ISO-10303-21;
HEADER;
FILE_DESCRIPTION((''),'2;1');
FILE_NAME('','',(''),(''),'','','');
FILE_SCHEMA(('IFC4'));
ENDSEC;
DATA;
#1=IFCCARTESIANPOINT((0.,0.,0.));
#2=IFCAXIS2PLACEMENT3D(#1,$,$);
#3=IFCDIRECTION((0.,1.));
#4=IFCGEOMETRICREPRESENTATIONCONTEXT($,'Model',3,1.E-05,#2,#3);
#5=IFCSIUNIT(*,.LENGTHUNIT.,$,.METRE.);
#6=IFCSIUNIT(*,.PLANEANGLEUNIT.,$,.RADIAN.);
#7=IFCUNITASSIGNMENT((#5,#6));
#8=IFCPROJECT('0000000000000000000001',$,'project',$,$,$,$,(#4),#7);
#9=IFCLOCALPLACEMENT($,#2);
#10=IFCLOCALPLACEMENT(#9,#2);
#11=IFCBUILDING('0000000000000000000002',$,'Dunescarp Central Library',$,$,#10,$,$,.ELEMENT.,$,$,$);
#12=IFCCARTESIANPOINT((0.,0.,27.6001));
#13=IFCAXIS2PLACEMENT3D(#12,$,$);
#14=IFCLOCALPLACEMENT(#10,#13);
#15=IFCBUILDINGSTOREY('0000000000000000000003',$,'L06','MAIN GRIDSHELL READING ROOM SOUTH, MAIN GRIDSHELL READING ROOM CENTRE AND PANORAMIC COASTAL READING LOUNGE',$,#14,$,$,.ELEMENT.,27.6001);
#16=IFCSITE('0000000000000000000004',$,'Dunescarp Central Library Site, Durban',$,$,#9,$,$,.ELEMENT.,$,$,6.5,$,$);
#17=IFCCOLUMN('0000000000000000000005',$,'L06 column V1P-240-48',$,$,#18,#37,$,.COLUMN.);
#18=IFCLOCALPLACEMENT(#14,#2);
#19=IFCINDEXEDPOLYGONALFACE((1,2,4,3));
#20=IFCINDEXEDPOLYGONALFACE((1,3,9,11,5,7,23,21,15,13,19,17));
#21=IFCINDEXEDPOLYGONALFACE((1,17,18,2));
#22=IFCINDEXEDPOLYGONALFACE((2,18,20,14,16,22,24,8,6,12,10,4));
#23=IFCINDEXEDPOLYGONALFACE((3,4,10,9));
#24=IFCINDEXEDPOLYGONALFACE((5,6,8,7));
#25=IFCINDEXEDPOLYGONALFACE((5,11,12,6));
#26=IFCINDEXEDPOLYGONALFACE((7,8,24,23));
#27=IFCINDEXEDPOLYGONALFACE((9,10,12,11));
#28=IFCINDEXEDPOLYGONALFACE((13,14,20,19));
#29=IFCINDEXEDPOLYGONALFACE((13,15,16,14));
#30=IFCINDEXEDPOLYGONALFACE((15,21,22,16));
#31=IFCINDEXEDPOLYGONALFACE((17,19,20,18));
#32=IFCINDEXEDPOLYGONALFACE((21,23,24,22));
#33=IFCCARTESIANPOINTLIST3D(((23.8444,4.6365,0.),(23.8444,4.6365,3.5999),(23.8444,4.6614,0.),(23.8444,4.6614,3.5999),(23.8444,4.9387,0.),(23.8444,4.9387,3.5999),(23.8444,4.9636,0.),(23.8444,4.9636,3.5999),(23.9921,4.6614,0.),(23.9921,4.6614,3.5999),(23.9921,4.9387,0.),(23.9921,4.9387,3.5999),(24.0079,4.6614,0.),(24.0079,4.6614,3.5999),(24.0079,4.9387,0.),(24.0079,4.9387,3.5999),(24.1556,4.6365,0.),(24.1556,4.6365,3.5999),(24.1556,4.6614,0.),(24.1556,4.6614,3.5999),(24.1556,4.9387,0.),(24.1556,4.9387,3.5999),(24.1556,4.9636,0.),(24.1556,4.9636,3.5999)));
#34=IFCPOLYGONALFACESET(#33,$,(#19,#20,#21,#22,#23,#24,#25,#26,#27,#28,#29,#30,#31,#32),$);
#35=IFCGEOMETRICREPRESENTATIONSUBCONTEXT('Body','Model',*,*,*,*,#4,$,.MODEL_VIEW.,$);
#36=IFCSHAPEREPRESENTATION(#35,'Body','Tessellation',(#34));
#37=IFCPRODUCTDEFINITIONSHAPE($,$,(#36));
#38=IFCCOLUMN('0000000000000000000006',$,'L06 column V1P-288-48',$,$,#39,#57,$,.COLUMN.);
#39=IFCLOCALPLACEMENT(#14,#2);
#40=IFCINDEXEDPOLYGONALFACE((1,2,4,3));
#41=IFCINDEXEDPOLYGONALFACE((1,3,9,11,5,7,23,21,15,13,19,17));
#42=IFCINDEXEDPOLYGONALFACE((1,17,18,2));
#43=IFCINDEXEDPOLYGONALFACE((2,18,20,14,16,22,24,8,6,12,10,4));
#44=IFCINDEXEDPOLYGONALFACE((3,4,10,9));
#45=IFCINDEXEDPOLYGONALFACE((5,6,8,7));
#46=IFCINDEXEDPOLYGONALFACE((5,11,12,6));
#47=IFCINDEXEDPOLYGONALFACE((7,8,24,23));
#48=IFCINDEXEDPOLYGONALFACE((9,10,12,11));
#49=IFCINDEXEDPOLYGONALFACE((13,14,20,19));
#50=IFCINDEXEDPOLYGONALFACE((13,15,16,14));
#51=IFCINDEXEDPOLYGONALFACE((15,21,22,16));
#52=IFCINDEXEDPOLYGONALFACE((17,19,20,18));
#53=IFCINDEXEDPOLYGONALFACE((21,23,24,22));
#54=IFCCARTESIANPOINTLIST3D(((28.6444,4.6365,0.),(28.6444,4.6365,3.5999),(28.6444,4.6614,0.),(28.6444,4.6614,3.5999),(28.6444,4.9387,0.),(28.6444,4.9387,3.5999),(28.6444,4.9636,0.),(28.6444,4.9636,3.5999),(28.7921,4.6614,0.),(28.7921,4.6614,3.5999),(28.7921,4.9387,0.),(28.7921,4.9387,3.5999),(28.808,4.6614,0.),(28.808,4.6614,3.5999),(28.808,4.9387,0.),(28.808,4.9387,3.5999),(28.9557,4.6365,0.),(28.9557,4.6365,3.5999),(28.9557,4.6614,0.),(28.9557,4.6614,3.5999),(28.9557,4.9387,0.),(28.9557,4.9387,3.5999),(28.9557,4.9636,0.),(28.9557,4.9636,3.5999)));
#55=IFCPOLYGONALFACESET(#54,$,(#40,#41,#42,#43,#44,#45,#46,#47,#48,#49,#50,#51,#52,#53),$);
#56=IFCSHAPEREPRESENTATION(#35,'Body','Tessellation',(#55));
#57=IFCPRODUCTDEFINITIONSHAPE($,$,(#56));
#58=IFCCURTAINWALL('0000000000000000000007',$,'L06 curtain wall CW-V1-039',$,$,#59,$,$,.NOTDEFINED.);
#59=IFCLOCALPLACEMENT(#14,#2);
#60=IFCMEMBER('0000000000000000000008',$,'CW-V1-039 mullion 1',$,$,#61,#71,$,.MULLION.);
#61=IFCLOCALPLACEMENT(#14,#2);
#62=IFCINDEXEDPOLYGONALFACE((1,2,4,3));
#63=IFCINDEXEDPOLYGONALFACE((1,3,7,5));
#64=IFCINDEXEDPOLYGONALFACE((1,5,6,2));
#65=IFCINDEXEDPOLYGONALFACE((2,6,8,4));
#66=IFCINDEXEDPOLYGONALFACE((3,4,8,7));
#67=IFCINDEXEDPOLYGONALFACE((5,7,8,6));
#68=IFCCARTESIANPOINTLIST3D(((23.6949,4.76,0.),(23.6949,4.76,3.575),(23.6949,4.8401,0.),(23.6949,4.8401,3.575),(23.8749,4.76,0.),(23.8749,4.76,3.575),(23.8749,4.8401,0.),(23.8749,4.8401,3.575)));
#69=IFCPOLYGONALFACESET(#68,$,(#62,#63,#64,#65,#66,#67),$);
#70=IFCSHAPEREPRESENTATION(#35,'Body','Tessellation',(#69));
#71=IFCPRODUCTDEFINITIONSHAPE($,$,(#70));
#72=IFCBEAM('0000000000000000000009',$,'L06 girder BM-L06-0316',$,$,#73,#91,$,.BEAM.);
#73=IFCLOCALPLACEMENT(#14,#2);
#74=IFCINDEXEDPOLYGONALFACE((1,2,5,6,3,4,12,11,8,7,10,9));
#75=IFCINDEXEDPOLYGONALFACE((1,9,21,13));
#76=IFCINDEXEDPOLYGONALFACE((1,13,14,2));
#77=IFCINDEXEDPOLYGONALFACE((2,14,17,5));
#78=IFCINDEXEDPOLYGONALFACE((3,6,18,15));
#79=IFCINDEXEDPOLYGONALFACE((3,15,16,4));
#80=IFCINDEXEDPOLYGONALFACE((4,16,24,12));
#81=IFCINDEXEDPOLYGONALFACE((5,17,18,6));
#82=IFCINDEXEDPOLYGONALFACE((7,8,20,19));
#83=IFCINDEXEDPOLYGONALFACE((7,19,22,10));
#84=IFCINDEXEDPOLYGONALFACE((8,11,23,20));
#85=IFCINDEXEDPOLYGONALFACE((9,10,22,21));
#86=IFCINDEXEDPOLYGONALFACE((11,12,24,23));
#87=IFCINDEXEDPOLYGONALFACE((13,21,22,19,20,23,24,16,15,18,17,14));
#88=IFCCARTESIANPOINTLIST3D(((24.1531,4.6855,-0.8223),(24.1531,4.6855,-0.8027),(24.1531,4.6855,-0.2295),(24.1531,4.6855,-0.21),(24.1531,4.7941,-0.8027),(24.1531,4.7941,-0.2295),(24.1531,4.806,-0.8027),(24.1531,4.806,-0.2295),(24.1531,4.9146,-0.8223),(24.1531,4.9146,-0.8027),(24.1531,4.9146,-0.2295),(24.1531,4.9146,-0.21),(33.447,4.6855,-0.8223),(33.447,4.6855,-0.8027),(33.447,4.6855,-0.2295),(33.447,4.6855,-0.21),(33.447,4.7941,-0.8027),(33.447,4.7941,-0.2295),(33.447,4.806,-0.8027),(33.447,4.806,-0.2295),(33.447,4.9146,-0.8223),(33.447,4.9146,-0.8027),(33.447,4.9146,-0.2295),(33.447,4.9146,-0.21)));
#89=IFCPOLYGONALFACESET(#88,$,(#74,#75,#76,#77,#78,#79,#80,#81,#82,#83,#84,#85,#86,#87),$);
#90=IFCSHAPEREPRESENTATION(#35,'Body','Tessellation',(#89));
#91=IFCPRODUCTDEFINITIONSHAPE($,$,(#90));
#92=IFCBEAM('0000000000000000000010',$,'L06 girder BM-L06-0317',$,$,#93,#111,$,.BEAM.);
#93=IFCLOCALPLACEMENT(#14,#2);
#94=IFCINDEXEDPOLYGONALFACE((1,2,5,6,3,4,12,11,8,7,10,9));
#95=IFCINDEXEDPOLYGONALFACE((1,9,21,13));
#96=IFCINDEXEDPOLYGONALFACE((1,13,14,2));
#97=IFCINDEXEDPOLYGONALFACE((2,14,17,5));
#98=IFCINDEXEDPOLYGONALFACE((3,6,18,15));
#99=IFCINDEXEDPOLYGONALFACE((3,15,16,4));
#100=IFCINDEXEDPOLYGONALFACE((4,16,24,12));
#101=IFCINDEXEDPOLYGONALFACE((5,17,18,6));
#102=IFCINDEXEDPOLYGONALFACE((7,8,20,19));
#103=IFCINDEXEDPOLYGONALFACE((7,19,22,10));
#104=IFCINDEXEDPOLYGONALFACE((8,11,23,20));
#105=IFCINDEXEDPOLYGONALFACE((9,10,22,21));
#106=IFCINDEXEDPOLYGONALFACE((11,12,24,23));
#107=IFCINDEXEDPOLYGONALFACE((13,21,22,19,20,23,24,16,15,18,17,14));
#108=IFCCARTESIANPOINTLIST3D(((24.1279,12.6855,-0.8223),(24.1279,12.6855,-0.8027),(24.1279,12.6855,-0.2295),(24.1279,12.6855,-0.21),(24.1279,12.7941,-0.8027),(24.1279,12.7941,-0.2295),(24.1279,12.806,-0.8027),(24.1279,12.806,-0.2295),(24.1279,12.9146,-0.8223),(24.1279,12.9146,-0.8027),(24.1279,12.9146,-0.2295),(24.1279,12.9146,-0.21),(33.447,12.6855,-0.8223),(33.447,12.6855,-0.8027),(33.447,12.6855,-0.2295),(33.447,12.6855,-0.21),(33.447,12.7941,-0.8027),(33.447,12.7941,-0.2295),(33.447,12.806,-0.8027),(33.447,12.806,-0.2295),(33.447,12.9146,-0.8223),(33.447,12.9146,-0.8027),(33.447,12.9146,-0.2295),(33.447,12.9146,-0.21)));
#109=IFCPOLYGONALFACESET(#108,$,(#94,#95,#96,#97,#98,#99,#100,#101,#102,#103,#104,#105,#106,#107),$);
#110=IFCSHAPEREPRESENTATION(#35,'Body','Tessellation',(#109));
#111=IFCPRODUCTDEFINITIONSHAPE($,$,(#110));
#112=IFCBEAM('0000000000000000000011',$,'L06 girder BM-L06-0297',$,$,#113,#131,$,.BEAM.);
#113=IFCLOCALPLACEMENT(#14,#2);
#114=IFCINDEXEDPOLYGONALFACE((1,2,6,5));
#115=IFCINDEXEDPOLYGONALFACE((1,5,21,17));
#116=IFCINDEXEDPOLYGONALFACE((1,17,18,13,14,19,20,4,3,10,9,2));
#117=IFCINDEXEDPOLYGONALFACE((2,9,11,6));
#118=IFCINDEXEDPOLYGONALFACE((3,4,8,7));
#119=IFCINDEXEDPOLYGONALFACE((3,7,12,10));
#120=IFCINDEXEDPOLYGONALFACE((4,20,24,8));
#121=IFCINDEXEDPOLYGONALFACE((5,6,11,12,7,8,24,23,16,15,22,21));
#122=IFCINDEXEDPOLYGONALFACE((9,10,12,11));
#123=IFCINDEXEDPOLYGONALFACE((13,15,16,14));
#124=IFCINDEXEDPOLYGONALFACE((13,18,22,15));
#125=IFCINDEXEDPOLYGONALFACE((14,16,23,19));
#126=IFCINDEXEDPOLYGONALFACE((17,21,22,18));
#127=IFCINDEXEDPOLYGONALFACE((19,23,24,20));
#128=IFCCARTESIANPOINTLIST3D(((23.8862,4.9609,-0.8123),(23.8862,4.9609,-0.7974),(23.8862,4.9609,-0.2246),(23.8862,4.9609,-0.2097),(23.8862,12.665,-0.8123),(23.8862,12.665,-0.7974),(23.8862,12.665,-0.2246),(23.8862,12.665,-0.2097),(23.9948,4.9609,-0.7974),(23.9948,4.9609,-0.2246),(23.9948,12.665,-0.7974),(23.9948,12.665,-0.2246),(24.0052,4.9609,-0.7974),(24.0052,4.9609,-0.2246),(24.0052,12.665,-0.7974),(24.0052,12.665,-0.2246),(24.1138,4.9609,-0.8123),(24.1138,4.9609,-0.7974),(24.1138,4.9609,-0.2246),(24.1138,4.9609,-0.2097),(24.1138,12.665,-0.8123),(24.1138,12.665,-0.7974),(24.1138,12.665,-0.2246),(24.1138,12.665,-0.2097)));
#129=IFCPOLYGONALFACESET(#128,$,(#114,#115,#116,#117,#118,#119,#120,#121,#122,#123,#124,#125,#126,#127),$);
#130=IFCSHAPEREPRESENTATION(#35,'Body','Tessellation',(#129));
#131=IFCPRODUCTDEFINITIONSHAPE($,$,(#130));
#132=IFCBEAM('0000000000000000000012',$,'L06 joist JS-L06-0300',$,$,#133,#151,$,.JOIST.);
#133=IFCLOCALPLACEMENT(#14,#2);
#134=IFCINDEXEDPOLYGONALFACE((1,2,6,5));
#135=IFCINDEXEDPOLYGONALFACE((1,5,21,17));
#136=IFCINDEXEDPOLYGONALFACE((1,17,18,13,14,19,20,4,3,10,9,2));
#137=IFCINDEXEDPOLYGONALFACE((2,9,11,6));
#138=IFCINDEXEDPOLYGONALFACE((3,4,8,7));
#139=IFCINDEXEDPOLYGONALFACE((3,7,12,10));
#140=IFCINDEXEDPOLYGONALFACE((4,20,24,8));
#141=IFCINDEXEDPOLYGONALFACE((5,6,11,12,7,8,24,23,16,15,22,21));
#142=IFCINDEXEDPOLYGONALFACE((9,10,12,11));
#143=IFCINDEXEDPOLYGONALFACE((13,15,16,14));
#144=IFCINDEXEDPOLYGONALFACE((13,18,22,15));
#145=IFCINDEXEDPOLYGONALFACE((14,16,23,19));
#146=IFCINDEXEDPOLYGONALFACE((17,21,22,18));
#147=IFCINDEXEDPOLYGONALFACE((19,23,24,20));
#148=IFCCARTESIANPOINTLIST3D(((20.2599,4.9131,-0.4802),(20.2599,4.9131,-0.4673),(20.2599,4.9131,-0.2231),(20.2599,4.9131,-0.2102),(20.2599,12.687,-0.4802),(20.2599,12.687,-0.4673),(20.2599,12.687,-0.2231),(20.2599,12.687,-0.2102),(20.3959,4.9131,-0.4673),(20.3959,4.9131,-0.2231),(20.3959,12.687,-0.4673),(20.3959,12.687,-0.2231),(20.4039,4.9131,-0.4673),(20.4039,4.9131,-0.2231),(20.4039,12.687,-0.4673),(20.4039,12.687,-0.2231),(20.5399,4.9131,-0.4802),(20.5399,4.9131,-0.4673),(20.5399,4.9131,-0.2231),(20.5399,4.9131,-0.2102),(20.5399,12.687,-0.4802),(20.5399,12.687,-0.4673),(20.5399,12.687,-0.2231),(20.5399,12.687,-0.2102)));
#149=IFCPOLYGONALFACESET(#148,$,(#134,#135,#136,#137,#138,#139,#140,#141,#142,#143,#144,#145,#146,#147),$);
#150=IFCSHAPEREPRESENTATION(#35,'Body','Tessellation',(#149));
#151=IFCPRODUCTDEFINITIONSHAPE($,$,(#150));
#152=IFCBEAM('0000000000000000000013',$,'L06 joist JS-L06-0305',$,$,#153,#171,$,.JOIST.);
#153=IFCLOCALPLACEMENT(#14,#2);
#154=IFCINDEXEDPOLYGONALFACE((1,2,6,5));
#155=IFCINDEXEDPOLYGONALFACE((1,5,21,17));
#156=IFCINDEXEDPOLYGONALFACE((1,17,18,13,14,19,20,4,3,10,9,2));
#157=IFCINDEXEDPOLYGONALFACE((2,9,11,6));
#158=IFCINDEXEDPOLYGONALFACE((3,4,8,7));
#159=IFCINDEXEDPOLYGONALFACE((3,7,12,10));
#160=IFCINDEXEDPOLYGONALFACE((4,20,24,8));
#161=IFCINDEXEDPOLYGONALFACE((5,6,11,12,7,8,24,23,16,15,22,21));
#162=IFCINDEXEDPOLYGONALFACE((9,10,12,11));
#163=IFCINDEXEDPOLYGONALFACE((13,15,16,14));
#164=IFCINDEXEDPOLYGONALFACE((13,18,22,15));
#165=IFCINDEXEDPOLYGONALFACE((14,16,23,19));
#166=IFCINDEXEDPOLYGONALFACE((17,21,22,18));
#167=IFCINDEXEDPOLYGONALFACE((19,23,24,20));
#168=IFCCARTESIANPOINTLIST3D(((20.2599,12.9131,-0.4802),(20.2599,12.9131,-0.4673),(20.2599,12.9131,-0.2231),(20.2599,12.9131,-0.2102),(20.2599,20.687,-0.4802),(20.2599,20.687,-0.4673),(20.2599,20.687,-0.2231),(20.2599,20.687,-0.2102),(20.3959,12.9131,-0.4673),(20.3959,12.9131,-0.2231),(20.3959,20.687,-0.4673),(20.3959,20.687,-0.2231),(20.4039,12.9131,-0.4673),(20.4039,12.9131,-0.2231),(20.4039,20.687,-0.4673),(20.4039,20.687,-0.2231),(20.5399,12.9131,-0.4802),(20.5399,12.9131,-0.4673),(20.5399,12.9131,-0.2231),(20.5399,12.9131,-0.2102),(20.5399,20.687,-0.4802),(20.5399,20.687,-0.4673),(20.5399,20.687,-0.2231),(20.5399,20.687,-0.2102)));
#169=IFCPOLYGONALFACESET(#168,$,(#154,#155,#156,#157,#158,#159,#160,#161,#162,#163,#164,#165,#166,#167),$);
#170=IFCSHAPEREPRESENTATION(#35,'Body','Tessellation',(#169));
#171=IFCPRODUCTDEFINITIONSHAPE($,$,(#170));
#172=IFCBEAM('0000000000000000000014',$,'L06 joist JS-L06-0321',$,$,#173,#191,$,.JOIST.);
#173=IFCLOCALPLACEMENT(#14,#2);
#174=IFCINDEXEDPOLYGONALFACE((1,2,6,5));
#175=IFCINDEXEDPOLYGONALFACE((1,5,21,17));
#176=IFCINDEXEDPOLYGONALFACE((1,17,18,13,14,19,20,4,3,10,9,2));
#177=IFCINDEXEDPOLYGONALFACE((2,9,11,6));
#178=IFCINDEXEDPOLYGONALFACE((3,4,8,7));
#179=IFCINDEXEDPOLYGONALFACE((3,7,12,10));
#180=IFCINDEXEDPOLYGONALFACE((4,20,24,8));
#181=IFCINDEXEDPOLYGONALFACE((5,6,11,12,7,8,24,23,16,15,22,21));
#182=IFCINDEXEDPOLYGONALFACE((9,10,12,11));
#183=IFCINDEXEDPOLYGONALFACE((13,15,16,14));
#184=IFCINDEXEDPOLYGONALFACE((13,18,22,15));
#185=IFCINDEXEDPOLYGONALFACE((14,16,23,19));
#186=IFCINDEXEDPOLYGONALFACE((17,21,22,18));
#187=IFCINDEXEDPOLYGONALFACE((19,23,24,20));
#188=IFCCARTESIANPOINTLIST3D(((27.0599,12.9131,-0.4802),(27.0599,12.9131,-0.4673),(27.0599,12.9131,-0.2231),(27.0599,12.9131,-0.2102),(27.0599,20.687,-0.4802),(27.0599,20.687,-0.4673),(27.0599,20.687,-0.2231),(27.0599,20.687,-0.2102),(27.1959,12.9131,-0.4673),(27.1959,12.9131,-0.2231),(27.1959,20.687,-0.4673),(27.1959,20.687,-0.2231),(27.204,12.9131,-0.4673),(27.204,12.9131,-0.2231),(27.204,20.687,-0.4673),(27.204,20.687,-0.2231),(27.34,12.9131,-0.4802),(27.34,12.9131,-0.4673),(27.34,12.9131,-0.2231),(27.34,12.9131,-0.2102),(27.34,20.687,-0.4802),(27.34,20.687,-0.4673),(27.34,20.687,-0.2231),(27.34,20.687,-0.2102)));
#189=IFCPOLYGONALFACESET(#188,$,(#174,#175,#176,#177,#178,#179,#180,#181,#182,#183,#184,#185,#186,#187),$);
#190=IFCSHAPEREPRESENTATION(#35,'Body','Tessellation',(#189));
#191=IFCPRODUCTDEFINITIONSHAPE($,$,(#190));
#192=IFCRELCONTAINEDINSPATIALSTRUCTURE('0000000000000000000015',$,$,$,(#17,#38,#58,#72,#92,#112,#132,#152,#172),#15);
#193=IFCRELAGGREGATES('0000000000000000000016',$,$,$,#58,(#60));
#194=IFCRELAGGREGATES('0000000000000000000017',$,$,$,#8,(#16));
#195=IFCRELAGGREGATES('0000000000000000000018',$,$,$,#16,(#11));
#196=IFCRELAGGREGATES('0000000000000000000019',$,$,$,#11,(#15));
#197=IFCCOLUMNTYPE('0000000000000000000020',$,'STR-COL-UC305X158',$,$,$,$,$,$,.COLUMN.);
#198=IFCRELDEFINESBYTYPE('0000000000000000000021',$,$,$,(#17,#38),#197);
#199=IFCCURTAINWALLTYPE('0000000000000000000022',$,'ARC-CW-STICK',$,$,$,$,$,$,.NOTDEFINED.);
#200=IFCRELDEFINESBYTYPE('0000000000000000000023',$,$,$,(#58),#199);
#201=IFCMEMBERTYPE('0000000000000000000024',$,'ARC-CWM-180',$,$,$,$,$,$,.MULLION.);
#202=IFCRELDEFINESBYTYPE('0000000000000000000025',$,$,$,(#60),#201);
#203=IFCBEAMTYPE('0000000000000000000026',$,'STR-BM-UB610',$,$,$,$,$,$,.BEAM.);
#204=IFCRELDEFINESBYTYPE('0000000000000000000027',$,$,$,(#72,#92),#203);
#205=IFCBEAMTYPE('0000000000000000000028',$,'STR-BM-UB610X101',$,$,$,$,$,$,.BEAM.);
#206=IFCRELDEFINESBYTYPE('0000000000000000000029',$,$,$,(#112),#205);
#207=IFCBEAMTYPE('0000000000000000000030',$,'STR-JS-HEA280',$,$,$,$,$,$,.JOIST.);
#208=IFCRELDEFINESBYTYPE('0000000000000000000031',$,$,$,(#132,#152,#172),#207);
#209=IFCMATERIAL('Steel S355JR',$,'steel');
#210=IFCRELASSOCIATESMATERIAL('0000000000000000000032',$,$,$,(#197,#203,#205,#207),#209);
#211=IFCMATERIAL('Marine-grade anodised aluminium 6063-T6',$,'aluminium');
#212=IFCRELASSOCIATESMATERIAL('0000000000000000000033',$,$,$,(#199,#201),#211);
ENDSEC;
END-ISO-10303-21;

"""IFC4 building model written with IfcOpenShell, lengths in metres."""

from ifc_helpers import new_model, si_unit, direction, frame, origin, origin_2d, place, context, subcontext, project, spatial, rectangle, i_section, extrude, material, material_profile, profile_set, type_object, element, aggregate, save


model = new_model("IFC4")

# Units and contexts
model_context = context("Model", 3, precision=1e-05, world=origin(), true_north=direction((0.0, 1.0)))
body_context = subcontext(model_context, "Body", "Model", "MODEL_VIEW")
ifc_project = project(units=[si_unit("LENGTHUNIT", "METRE"), si_unit("PLANEANGLEUNIT", "RADIAN")], contexts=[model_context])

# Site, building, storey
site_placement = place(None, origin())
site = spatial("IfcSite", under=ifc_project, at=site_placement, Name="Dunescarp Central Library Site, Durban", CompositionType="ELEMENT", RefElevation=6.5)
building_placement = place(site_placement, origin())
building = spatial("IfcBuilding", under=site, at=building_placement, Name="Dunescarp Central Library", CompositionType="ELEMENT")
storey_placement = place(building_placement, frame((0.0, 0.0, 27.6001)))
storey = spatial("IfcBuildingStorey", under=building, at=storey_placement, Name="L06", Description="MAIN GRIDSHELL READING ROOM SOUTH, MAIN GRIDSHELL READING ROOM CENTRE AND PANORAMIC COASTAL READING LOUNGE", CompositionType="ELEMENT", Elevation=27.6001)

# Columns
ifc_material_1 = material(Name="Steel S355JR", Category="steel")
ifc_material_profile_1 = material_profile(ifc_material_1, i_section(OverallWidth=0.3113, OverallDepth=0.3271, WebThickness=0.0159, FlangeThickness=0.0249, at=origin_2d()), Name="UC 305x305x158")
ifc_profile_set_1 = profile_set([ifc_material_profile_1], Name="Steel S355JR")
column_type = type_object("IfcColumnType", Name="STR-COL-UC305X158", PredefinedType="COLUMN", material=ifc_profile_set_1)
for number, where, z_axis, x_axis, name in (
    (1, (24.0, 4.8, 0.0), (0.0, 0.0, 1.0), (1.0, 0.0, 0.0), "L06 column V1P-240-48"),
    (2, (28.8, 4.8, 0.0), (0.0, 0.0, 1.0), (1.0, 0.0, 0.0), "L06 column V1P-288-48"),
):
    element("IfcColumn", number, at=place(storey_placement, frame(where, z_axis=z_axis, x_axis=x_axis)), inside=storey, type_object=column_type, Name=name, PredefinedType="COLUMN", context=body_context, shape_type="SweptSolid", body=[
        extrude(i_section(OverallWidth=0.3113, OverallDepth=0.3271, WebThickness=0.0159, FlangeThickness=0.0249, at=origin_2d()), origin(), (0.0, 0.0, 1.0), 3.5999),
    ])

# Curtain wall, member
ifc_material_2 = material(Name="Marine-grade anodised aluminium 6063-T6", Category="aluminium")
curtain_wall_type = type_object("IfcCurtainWallType", Name="ARC-CW-STICK", PredefinedType="NOTDEFINED", material=ifc_material_2)
curtain_wall_placement = place(storey_placement, origin())
curtain_wall = element("IfcCurtainWall", 3, at=curtain_wall_placement, inside=storey, type_object=curtain_wall_type, Name="L06 curtain wall CW-V1-039", PredefinedType="NOTDEFINED")
ifc_material_profile_2 = material_profile(ifc_material_2, rectangle(XDim=0.0801, YDim=0.1799, at=origin_2d()), Name="AL 80x180")
ifc_profile_set_2 = profile_set([ifc_material_profile_2], Name="Marine-grade anodised aluminium 6063-T6")
member_type = type_object("IfcMemberType", Name="ARC-CWM-180", PredefinedType="MULLION", material=ifc_profile_set_2)
member_placement = place(storey_placement, frame((23.7849, 4.8, 0.0), z_axis=(0.0, 0.0, 1.0), x_axis=(0.0, -1.0, 0.0)))
member = element("IfcMember", 4, at=member_placement, type_object=member_type, Name="CW-V1-039 mullion 1", PredefinedType="MULLION", context=body_context, shape_type="SweptSolid", body=[
    extrude(rectangle(XDim=0.0801, YDim=0.1799, at=origin_2d()), origin(), (0.0, 0.0, 1.0), 3.575),
])
aggregate(curtain_wall, [member])

# Beams
ifc_material_profile_3 = material_profile(ifc_material_1, i_section(OverallWidth=0.229, OverallDepth=0.6123, WebThickness=0.012, FlangeThickness=0.0195, at=origin_2d()), Name="UB 610x229x125")
ifc_profile_set_3 = profile_set([ifc_material_profile_3], Name="Steel S355JR")
beam_type_1 = type_object("IfcBeamType", Name="STR-BM-UB610", PredefinedType="BEAM", material=ifc_profile_set_3)
beam_1_placement = place(storey_placement, frame((24.1531, 4.8, -0.5161), z_axis=(1.0, 0.0, 0.0), x_axis=(0.0, 1.0, 0.0)))
element("IfcBeam", 5, at=beam_1_placement, inside=storey, type_object=beam_type_1, Name="L06 girder BM-L06-0316", PredefinedType="BEAM", context=body_context, shape_type="SweptSolid", body=[
    extrude(i_section(OverallWidth=0.229, OverallDepth=0.6123, WebThickness=0.012, FlangeThickness=0.0195, at=origin_2d()), origin(), (0.0, 0.0, 1.0), 9.2939),
])
beam_2_placement = place(storey_placement, frame((24.1279, 12.8, -0.5161), z_axis=(1.0, 0.0, 0.0), x_axis=(0.0, 1.0, 0.0)))
element("IfcBeam", 6, at=beam_2_placement, inside=storey, type_object=beam_type_1, Name="L06 girder BM-L06-0317", PredefinedType="BEAM", context=body_context, shape_type="SweptSolid", body=[
    extrude(i_section(OverallWidth=0.229, OverallDepth=0.6123, WebThickness=0.012, FlangeThickness=0.0195, at=origin_2d()), origin(), (0.0, 0.0, 1.0), 9.3191),
])
ifc_material_profile_4 = material_profile(ifc_material_1, i_section(OverallWidth=0.2275, OverallDepth=0.6025, WebThickness=0.0105, FlangeThickness=0.0149, at=origin_2d()), Name="UB 610x229x101")
ifc_profile_set_4 = profile_set([ifc_material_profile_4], Name="Steel S355JR")
beam_type_2 = type_object("IfcBeamType", Name="STR-BM-UB610X101", PredefinedType="BEAM", material=ifc_profile_set_4)
beam_3_placement = place(storey_placement, frame((24.0, 4.9609, -0.511), z_axis=(0.0, 1.0, 0.0), x_axis=(-1.0, 0.0, 0.0)))
element("IfcBeam", 7, at=beam_3_placement, inside=storey, type_object=beam_type_2, Name="L06 girder BM-L06-0297", PredefinedType="BEAM", context=body_context, shape_type="SweptSolid", body=[
    extrude(i_section(OverallWidth=0.2275, OverallDepth=0.6025, WebThickness=0.0105, FlangeThickness=0.0149, at=origin_2d()), origin(), (0.0, 0.0, 1.0), 7.7041),
])
ifc_material_profile_5 = material_profile(ifc_material_1, i_section(OverallWidth=0.28, OverallDepth=0.27, WebThickness=0.0081, FlangeThickness=0.0129, at=origin_2d()), Name="HEA 280")
ifc_profile_set_5 = profile_set([ifc_material_profile_5], Name="Steel S355JR")
beam_type_3 = type_object("IfcBeamType", Name="STR-JS-HEA280", PredefinedType="JOIST", material=ifc_profile_set_5)
for number, where, z_axis, x_axis, name in (
    (8, (20.3999, 4.9131, -0.3452), (0.0, 1.0, 0.0), (-1.0, 0.0, 0.0), "L06 joist JS-L06-0300"),
    (9, (20.3999, 12.9131, -0.3452), (0.0, 1.0, 0.0), (-1.0, 0.0, 0.0), "L06 joist JS-L06-0305"),
    (10, (27.2, 12.9131, -0.3452), (0.0, 1.0, 0.0), (-1.0, 0.0, 0.0), "L06 joist JS-L06-0321"),
):
    element("IfcBeam", number, at=place(storey_placement, frame(where, z_axis=z_axis, x_axis=x_axis)), inside=storey, type_object=beam_type_3, Name=name, PredefinedType="JOIST", context=body_context, shape_type="SweptSolid", body=[
        extrude(i_section(OverallWidth=0.28, OverallDepth=0.27, WebThickness=0.0081, FlangeThickness=0.0129, at=origin_2d()), origin(), (0.0, 0.0, 1.0), 7.7739),
    ])

save(model, "model.ifc")
